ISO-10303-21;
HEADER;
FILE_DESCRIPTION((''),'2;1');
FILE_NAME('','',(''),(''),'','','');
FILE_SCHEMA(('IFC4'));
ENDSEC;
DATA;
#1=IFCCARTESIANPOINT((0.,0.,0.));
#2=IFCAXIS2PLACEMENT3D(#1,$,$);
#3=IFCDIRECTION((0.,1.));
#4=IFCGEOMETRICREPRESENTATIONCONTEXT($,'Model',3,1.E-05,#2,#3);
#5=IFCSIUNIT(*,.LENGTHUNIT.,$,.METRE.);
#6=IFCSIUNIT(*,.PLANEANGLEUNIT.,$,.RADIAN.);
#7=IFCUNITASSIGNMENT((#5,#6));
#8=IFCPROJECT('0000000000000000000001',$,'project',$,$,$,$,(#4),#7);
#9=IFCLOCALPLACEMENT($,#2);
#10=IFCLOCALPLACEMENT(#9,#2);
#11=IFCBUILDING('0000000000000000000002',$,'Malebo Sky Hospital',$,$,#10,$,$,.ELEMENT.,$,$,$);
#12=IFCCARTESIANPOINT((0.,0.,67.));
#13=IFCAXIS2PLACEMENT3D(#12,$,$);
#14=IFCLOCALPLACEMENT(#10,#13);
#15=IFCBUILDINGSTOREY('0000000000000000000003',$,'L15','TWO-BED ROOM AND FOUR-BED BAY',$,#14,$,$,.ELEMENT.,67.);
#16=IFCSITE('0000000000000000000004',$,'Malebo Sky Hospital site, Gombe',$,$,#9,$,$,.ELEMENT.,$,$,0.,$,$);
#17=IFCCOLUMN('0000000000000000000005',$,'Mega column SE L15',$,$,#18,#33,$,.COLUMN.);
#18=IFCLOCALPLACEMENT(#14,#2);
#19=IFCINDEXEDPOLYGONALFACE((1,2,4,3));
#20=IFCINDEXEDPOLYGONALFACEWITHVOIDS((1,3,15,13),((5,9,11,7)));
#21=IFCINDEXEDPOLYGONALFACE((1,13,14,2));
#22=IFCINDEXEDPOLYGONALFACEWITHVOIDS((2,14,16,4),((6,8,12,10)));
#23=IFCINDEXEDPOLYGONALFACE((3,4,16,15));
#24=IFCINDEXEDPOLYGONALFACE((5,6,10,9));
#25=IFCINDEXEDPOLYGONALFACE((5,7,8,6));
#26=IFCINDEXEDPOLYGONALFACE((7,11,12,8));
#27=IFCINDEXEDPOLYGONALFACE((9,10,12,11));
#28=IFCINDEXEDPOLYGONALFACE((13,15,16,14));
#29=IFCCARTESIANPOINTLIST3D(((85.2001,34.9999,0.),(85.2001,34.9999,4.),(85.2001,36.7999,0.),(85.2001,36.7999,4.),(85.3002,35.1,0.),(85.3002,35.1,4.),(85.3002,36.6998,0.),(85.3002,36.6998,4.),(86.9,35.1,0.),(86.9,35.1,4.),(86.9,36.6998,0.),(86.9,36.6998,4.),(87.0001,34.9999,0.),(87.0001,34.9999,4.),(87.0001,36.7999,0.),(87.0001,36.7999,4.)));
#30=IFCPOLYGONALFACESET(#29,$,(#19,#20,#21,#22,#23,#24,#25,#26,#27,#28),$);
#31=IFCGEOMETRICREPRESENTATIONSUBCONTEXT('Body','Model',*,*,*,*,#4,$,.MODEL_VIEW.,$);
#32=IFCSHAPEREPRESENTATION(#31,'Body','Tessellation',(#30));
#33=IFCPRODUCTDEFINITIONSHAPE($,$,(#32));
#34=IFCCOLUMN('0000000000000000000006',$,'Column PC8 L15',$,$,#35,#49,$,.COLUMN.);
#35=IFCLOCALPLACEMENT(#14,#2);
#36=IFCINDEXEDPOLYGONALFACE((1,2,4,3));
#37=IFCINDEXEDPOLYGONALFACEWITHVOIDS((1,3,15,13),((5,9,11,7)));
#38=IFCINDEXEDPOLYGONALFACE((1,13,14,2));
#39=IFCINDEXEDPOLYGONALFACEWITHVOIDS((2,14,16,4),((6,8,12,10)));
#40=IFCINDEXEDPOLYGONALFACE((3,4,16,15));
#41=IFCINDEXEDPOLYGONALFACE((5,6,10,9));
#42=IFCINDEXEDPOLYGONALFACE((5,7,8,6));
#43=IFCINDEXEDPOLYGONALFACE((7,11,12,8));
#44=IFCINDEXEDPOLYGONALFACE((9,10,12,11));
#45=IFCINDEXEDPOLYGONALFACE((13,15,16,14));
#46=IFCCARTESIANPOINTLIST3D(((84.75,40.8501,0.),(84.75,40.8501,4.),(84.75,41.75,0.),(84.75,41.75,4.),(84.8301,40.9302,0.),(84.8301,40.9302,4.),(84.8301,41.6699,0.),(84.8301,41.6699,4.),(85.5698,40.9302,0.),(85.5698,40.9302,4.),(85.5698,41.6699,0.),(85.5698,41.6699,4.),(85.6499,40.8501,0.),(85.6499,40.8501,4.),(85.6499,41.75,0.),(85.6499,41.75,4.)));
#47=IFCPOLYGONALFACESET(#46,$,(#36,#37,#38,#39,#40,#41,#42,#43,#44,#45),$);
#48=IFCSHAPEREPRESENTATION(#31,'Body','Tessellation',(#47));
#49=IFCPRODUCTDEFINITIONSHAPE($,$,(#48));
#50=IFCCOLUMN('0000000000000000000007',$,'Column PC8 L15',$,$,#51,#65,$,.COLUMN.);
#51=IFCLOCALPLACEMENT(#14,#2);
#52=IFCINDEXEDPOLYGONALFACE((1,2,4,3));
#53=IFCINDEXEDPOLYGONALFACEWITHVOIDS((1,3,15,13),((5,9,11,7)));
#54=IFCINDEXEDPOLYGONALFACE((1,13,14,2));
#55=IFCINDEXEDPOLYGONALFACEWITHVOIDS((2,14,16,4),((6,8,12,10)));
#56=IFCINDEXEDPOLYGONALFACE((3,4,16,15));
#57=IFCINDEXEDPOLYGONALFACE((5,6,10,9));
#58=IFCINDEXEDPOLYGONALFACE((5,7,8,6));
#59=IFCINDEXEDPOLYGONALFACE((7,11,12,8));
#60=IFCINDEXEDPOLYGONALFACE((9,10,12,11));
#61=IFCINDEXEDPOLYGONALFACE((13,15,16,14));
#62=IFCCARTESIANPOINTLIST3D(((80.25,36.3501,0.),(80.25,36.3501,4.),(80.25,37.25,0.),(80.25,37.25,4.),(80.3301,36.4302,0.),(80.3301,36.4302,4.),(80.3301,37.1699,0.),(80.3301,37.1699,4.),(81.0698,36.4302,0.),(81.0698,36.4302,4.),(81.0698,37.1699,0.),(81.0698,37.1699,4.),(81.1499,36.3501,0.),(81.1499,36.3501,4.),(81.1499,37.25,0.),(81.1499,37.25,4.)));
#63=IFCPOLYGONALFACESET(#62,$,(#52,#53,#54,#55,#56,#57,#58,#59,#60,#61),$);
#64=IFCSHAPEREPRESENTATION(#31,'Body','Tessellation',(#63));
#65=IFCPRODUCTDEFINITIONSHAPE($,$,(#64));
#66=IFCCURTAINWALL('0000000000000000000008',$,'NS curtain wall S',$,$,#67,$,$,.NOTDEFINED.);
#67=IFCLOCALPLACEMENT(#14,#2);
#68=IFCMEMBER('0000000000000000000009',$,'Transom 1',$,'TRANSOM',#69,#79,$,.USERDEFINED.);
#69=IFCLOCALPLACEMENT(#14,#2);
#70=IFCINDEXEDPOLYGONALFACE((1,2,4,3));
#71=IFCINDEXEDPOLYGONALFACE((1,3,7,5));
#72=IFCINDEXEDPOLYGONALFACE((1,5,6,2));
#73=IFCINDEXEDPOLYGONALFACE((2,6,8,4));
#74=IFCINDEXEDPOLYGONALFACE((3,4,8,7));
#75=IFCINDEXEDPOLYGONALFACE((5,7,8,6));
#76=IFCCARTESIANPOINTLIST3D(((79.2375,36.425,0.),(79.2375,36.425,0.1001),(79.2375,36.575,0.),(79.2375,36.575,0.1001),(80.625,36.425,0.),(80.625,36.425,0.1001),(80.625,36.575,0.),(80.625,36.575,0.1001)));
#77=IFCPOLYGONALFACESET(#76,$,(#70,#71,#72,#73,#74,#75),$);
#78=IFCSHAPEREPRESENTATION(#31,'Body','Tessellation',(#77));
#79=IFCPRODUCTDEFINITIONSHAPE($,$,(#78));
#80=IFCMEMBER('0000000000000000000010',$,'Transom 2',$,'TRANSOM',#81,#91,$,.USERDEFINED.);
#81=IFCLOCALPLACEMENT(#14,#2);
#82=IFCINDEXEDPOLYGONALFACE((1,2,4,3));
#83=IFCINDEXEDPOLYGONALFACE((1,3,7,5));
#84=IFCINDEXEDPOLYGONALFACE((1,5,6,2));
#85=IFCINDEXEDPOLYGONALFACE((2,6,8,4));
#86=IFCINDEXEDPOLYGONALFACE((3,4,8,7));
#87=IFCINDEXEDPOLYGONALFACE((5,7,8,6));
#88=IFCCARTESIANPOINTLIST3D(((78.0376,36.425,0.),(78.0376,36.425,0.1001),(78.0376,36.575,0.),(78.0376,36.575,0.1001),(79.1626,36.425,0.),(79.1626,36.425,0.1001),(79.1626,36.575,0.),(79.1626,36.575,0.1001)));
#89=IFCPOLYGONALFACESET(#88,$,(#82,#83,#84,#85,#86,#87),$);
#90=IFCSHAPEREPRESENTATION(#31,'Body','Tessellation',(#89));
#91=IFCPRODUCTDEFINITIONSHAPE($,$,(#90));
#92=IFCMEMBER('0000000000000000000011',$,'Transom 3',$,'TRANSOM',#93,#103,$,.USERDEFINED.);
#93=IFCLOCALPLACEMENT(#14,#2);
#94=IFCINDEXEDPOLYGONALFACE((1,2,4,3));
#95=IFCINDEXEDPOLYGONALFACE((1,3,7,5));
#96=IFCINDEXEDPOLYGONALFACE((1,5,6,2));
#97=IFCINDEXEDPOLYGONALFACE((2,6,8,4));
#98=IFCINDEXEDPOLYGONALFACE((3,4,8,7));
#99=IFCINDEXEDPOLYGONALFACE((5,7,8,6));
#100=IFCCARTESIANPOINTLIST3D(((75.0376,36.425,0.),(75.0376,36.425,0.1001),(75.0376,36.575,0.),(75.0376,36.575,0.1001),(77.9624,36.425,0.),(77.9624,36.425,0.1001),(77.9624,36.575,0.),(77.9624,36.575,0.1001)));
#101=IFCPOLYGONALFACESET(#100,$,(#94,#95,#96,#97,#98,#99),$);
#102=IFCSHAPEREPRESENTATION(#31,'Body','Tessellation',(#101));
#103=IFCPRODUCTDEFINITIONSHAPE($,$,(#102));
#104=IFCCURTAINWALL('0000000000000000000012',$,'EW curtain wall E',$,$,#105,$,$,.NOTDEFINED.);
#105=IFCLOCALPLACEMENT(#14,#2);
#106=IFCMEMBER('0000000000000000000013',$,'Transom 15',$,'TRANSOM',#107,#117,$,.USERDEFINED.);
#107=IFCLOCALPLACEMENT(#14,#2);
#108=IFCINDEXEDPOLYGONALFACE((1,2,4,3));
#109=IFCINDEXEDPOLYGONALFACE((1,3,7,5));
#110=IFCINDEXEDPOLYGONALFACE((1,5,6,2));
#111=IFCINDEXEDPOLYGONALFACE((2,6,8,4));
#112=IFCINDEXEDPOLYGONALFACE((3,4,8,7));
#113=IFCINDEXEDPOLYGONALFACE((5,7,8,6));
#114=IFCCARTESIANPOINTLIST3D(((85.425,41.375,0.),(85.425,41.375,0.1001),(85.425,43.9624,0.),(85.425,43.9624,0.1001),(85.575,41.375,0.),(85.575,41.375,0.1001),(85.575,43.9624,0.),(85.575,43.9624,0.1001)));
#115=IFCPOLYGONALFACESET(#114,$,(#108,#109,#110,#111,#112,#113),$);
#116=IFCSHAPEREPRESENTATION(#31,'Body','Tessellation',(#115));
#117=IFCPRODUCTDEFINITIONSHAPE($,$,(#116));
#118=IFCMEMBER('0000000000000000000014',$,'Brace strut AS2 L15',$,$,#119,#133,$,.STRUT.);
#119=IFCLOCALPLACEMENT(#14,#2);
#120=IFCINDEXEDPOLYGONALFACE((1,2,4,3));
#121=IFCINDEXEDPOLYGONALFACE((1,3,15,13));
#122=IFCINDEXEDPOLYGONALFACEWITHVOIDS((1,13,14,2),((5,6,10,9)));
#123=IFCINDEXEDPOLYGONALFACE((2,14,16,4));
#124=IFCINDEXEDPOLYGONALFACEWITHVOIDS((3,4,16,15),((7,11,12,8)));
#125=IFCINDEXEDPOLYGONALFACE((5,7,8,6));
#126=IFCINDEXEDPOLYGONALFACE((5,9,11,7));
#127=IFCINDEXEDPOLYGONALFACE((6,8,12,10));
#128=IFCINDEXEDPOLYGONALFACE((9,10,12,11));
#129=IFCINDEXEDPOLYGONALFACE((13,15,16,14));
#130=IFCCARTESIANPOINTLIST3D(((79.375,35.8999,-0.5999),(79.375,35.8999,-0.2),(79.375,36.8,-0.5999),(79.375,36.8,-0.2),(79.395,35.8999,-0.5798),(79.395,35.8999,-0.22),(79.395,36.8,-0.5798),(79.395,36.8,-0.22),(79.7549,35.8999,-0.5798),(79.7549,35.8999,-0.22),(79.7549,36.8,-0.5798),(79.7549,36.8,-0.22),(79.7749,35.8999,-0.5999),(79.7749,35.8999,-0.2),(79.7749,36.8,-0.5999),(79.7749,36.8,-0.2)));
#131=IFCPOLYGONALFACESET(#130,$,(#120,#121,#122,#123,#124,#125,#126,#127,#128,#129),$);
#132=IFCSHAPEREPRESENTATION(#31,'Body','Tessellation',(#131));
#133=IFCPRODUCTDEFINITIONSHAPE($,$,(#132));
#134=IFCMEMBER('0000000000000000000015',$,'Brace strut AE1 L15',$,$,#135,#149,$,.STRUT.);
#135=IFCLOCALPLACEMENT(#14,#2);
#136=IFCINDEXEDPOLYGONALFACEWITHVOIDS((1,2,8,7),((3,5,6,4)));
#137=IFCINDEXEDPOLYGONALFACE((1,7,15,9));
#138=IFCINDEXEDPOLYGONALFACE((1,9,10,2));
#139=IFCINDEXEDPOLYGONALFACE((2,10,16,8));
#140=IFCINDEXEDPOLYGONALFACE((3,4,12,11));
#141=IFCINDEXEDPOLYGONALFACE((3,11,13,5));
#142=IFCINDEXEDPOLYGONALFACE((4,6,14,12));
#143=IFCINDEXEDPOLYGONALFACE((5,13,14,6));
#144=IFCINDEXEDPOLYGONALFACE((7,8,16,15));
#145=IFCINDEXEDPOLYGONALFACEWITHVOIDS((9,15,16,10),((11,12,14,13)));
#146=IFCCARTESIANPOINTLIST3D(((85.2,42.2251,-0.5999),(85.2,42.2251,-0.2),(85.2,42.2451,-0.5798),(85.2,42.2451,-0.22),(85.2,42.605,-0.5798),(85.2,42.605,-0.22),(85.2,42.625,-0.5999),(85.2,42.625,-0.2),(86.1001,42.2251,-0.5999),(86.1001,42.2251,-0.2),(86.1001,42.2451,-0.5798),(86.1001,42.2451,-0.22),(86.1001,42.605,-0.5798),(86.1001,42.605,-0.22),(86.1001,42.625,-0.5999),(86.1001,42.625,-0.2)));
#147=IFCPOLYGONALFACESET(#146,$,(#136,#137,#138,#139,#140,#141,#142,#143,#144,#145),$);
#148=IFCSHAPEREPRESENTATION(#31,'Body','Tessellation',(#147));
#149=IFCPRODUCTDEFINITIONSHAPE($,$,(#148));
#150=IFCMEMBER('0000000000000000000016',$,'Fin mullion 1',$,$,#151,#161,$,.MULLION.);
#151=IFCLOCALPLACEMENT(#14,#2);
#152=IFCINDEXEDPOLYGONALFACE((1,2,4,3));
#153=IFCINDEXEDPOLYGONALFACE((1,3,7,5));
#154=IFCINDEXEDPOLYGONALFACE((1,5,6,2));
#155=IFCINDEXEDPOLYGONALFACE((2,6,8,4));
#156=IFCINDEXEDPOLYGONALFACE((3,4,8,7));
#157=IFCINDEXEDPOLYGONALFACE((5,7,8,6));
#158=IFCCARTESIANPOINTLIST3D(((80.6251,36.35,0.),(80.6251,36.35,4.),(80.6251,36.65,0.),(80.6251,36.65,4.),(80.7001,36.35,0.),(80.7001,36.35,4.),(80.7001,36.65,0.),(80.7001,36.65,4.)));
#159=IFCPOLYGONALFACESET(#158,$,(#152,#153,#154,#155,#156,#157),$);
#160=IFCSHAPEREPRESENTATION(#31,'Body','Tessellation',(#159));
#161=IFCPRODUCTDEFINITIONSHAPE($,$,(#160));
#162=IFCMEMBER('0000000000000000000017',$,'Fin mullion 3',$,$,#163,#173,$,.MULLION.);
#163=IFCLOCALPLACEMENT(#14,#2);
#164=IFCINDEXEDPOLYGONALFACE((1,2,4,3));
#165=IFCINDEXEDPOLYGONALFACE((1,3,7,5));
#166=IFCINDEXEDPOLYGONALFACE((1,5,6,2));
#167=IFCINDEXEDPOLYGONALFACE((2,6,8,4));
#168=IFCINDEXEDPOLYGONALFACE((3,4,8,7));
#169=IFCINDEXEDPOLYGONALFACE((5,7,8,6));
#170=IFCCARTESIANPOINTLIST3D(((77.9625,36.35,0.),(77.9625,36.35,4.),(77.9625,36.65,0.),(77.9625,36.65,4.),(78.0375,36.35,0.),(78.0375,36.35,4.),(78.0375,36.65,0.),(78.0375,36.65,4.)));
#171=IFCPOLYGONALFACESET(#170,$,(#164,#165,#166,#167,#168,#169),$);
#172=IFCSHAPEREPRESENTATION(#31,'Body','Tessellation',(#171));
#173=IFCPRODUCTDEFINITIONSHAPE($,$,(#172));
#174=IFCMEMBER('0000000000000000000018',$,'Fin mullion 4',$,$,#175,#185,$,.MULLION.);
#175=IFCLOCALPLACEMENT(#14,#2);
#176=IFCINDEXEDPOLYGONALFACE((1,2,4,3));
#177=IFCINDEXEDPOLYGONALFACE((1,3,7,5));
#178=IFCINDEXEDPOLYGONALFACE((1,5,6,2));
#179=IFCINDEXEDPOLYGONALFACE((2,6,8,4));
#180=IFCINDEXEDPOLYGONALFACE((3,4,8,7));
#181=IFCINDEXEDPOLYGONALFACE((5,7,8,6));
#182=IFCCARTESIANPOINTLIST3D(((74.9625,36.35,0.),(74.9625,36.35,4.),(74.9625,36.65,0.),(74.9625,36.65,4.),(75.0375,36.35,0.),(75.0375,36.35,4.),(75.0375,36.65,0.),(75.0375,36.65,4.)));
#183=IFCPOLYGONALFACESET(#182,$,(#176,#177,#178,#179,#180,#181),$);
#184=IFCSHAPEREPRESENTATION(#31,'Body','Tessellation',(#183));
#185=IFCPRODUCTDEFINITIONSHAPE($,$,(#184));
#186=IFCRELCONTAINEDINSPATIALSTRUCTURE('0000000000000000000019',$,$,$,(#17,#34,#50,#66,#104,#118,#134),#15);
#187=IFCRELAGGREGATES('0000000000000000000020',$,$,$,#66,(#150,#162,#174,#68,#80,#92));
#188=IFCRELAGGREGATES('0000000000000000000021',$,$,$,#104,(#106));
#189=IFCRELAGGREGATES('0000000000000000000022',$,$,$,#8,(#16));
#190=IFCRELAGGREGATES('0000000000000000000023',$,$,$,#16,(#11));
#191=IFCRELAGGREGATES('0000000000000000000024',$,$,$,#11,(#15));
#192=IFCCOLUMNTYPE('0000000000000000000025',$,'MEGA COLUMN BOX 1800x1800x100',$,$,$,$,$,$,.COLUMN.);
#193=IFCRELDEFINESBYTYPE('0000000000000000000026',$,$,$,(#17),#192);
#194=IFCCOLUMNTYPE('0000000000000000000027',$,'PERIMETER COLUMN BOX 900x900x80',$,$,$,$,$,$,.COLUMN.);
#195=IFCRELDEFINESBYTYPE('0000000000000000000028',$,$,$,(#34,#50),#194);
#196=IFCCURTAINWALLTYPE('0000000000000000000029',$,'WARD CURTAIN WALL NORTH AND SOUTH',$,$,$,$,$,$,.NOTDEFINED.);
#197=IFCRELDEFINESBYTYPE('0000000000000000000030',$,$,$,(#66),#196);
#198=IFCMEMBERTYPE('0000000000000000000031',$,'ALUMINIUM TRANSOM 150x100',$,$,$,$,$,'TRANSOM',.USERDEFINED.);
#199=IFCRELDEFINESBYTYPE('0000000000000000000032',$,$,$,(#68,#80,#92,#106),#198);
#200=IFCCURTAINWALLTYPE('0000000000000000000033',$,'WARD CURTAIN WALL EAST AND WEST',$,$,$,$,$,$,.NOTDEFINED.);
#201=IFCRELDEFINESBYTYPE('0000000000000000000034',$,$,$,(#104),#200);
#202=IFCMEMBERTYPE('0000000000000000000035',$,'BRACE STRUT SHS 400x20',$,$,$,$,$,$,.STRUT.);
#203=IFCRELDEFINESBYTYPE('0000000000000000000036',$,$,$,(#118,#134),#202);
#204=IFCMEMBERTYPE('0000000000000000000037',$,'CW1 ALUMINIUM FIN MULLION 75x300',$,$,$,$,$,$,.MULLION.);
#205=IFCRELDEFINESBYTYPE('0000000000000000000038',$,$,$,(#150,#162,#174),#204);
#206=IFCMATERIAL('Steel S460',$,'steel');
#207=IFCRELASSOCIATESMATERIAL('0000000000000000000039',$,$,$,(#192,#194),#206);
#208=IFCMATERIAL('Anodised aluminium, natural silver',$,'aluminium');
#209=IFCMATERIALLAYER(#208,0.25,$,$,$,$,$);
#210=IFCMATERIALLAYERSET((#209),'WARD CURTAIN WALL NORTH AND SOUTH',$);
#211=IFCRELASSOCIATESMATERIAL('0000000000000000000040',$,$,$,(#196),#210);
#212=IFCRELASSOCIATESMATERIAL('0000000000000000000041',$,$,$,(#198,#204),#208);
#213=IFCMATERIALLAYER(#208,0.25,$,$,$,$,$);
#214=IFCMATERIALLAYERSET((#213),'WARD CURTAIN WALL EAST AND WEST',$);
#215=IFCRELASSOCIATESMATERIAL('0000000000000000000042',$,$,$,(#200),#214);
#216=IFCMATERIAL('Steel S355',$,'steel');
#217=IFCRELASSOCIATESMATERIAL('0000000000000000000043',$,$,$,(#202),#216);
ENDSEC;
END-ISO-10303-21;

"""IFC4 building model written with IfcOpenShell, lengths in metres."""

from ifc_helpers import new_model, si_unit, direction, frame, origin, origin_2d, place, context, subcontext, project, spatial, rectangle, hollow_rectangle, extrude, material, layer, layer_set, material_profile, profile_set, type_object, element, aggregate, save


model = new_model("IFC4")

# Units and contexts
model_context = context("Model", 3, precision=1e-05, world=origin(), true_north=direction((0.0, 1.0)))
body_context = subcontext(model_context, "Body", "Model", "MODEL_VIEW")
ifc_project = project(units=[si_unit("LENGTHUNIT", "METRE"), si_unit("PLANEANGLEUNIT", "RADIAN")], contexts=[model_context])

# Site, building, storey
site_placement = place(None, origin())
site = spatial("IfcSite", under=ifc_project, at=site_placement, Name="Malebo Sky Hospital site, Gombe", CompositionType="ELEMENT", RefElevation=0.0)
building_placement = place(site_placement, origin())
building = spatial("IfcBuilding", under=site, at=building_placement, Name="Malebo Sky Hospital", CompositionType="ELEMENT")
storey_placement = place(building_placement, frame((0.0, 0.0, 67.0)))
storey = spatial("IfcBuildingStorey", under=building, at=storey_placement, Name="L15", Description="TWO-BED ROOM AND FOUR-BED BAY", CompositionType="ELEMENT", Elevation=67.0)

# Columns
ifc_material_1 = material(Name="Steel S460", Category="steel")
ifc_material_profile_1 = material_profile(ifc_material_1, hollow_rectangle(XDim=1.8, YDim=1.8, WallThickness=0.1001, at=origin_2d()), Name="BOX 1800x1800x100")
ifc_profile_set_1 = profile_set([ifc_material_profile_1], Name="Steel S460")
column_type_1 = type_object("IfcColumnType", Name="MEGA COLUMN BOX 1800x1800x100", PredefinedType="COLUMN", material=ifc_profile_set_1)
column_placement = place(storey_placement, frame((86.1001, 35.8999, 0.0), z_axis=(0.0, 0.0, 1.0), x_axis=(1.0, 0.0, 0.0)))
element("IfcColumn", 1, at=column_placement, inside=storey, type_object=column_type_1, Name="Mega column SE L15", PredefinedType="COLUMN", context=body_context, shape_type="SweptSolid", body=[
    extrude(hollow_rectangle(XDim=1.8, YDim=1.8, WallThickness=0.1001, at=origin_2d()), origin(), (0.0, 0.0, 1.0), 4.0),
])
ifc_material_profile_2 = material_profile(ifc_material_1, hollow_rectangle(XDim=0.8999, YDim=0.8999, WallThickness=0.0801, at=origin_2d()), Name="BOX 900x900x80")
ifc_profile_set_2 = profile_set([ifc_material_profile_2], Name="Steel S460")
column_type_2 = type_object("IfcColumnType", Name="PERIMETER COLUMN BOX 900x900x80", PredefinedType="COLUMN", material=ifc_profile_set_2)
for number, where, z_axis, x_axis, name in (
    (2, (85.2, 41.3, 0.0), (0.0, 0.0, 1.0), (1.0, 0.0, 0.0), "Column PC8 L15"),
    (3, (80.7, 36.8, 0.0), (0.0, 0.0, 1.0), (1.0, 0.0, 0.0), "Column PC8 L15"),
):
    element("IfcColumn", number, at=place(storey_placement, frame(where, z_axis=z_axis, x_axis=x_axis)), inside=storey, type_object=column_type_2, Name=name, PredefinedType="COLUMN", context=body_context, shape_type="SweptSolid", body=[
        extrude(hollow_rectangle(XDim=0.8999, YDim=0.8999, WallThickness=0.0801, at=origin_2d()), origin(), (0.0, 0.0, 1.0), 4.0),
    ])

# Curtain wall, members
ifc_material_2 = material(Name="Anodised aluminium, natural silver", Category="aluminium")
ifc_layer_1 = layer(ifc_material_2, 0.25)
ifc_layer_set_1 = layer_set([ifc_layer_1], Name="WARD CURTAIN WALL NORTH AND SOUTH")
curtain_wall_type_1 = type_object("IfcCurtainWallType", Name="WARD CURTAIN WALL NORTH AND SOUTH", PredefinedType="NOTDEFINED", material=ifc_layer_set_1)
curtain_wall_1_placement = place(storey_placement, origin())
curtain_wall_1 = element("IfcCurtainWall", 4, at=curtain_wall_1_placement, inside=storey, type_object=curtain_wall_type_1, Name="NS curtain wall S", PredefinedType="NOTDEFINED")
ifc_material_profile_3 = material_profile(ifc_material_2, rectangle(XDim=0.1499, YDim=0.1001, at=origin_2d()), Name="ALUMINIUM TRANSOM 150x100")
ifc_profile_set_3 = profile_set([ifc_material_profile_3], Name="Anodised aluminium, natural silver")
member_type_1 = type_object("IfcMemberType", Name="ALUMINIUM TRANSOM 150x100", ElementType="TRANSOM", PredefinedType="USERDEFINED", material=ifc_profile_set_3)
member_1_placement = place(storey_placement, frame((80.625, 36.5, 0.05), z_axis=(-1.0, 0.0, 0.0), x_axis=(0.0, -1.0, 0.0)))
member_1 = element("IfcMember", 5, at=member_1_placement, type_object=member_type_1, Name="Transom 1", ObjectType="TRANSOM", PredefinedType="USERDEFINED", context=body_context, shape_type="SweptSolid", body=[
    extrude(rectangle(XDim=0.1499, YDim=0.1001, at=origin_2d()), origin(), (0.0, 0.0, 1.0), 1.3875),
])
member_2_placement = place(storey_placement, frame((79.1626, 36.5, 0.05), z_axis=(-1.0, 0.0, 0.0), x_axis=(0.0, -1.0, 0.0)))
member_2 = element("IfcMember", 6, at=member_2_placement, type_object=member_type_1, Name="Transom 2", ObjectType="TRANSOM", PredefinedType="USERDEFINED", context=body_context, shape_type="SweptSolid", body=[
    extrude(rectangle(XDim=0.1499, YDim=0.1001, at=origin_2d()), origin(), (0.0, 0.0, 1.0), 1.125),
])
member_3_placement = place(storey_placement, frame((77.9624, 36.5, 0.05), z_axis=(-1.0, 0.0, 0.0), x_axis=(0.0, -1.0, 0.0)))
member_3 = element("IfcMember", 7, at=member_3_placement, type_object=member_type_1, Name="Transom 3", ObjectType="TRANSOM", PredefinedType="USERDEFINED", context=body_context, shape_type="SweptSolid", body=[
    extrude(rectangle(XDim=0.1499, YDim=0.1001, at=origin_2d()), origin(), (0.0, 0.0, 1.0), 2.9248),
])

# Curtain wall, member
ifc_layer_2 = layer(ifc_material_2, 0.25)
ifc_layer_set_2 = layer_set([ifc_layer_2], Name="WARD CURTAIN WALL EAST AND WEST")
curtain_wall_type_2 = type_object("IfcCurtainWallType", Name="WARD CURTAIN WALL EAST AND WEST", PredefinedType="NOTDEFINED", material=ifc_layer_set_2)
curtain_wall_2_placement = place(storey_placement, origin())
curtain_wall_2 = element("IfcCurtainWall", 8, at=curtain_wall_2_placement, inside=storey, type_object=curtain_wall_type_2, Name="EW curtain wall E", PredefinedType="NOTDEFINED")
member_4_placement = place(storey_placement, frame((85.5, 43.9624, 0.05), z_axis=(0.0, -1.0, 0.0), x_axis=(1.0, 0.0, 0.0)))
member_4 = element("IfcMember", 9, at=member_4_placement, type_object=member_type_1, Name="Transom 15", ObjectType="TRANSOM", PredefinedType="USERDEFINED", context=body_context, shape_type="SweptSolid", body=[
    extrude(rectangle(XDim=0.1499, YDim=0.1001, at=origin_2d()), origin(), (0.0, 0.0, 1.0), 2.5874),
])

# Members
ifc_material_3 = material(Name="Steel S355", Category="steel")
ifc_material_profile_4 = material_profile(ifc_material_3, hollow_rectangle(XDim=0.3999, YDim=0.3999, WallThickness=0.02, at=origin_2d()), Name="SHS 400x20")
ifc_profile_set_4 = profile_set([ifc_material_profile_4], Name="Steel S355")
member_type_2 = type_object("IfcMemberType", Name="BRACE STRUT SHS 400x20", PredefinedType="STRUT", material=ifc_profile_set_4)
for number, where, z_axis, x_axis, name in (
    (10, (79.575, 35.8999, -0.3999), (0.0, 1.0, 0.0), (-1.0, 0.0, 0.0), "Brace strut AS2 L15"),
    (11, (86.1001, 42.425, -0.3999), (-1.0, 0.0, 0.0), (0.0, -1.0, 0.0), "Brace strut AE1 L15"),
):
    element("IfcMember", number, at=place(storey_placement, frame(where, z_axis=z_axis, x_axis=x_axis)), inside=storey, type_object=member_type_2, Name=name, PredefinedType="STRUT", context=body_context, shape_type="SweptSolid", body=[
        extrude(hollow_rectangle(XDim=0.3999, YDim=0.3999, WallThickness=0.02, at=origin_2d()), origin(), (0.0, 0.0, 1.0), 0.9001),
    ])

# Members
ifc_material_profile_5 = material_profile(ifc_material_2, rectangle(XDim=0.075, YDim=0.3, at=origin_2d()), Name="CW1 ALUMINIUM FIN MULLION 75x300")
ifc_profile_set_5 = profile_set([ifc_material_profile_5], Name="Anodised aluminium, natural silver")
member_type_3 = type_object("IfcMemberType", Name="CW1 ALUMINIUM FIN MULLION 75x300", PredefinedType="MULLION", material=ifc_profile_set_5)
member_5_placement = place(storey_placement, frame((80.6626, 36.5, 0.0), z_axis=(0.0, 0.0, 1.0), x_axis=(-1.0, 0.0, 0.0)))
member_5 = element("IfcMember", 12, at=member_5_placement, type_object=member_type_3, Name="Fin mullion 1", PredefinedType="MULLION", context=body_context, shape_type="SweptSolid", body=[
    extrude(rectangle(XDim=0.075, YDim=0.3, at=origin_2d()), origin(), (0.0, 0.0, 1.0), 4.0),
])
member_6_placement = place(storey_placement, frame((78.0, 36.5, 0.0), z_axis=(0.0, 0.0, 1.0), x_axis=(-1.0, 0.0, 0.0)))
member_6 = element("IfcMember", 13, at=member_6_placement, type_object=member_type_3, Name="Fin mullion 3", PredefinedType="MULLION", context=body_context, shape_type="SweptSolid", body=[
    extrude(rectangle(XDim=0.075, YDim=0.3, at=origin_2d()), origin(), (0.0, 0.0, 1.0), 4.0),
])
member_7_placement = place(storey_placement, frame((75.0, 36.5, 0.0), z_axis=(0.0, 0.0, 1.0), x_axis=(-1.0, 0.0, 0.0)))
member_7 = element("IfcMember", 14, at=member_7_placement, type_object=member_type_3, Name="Fin mullion 4", PredefinedType="MULLION", context=body_context, shape_type="SweptSolid", body=[
    extrude(rectangle(XDim=0.075, YDim=0.3, at=origin_2d()), origin(), (0.0, 0.0, 1.0), 4.0),
])

aggregate(curtain_wall_1, [member_5, member_6, member_7, member_1, member_2, member_3])
aggregate(curtain_wall_2, [member_4])

save(model, "model.ifc")
